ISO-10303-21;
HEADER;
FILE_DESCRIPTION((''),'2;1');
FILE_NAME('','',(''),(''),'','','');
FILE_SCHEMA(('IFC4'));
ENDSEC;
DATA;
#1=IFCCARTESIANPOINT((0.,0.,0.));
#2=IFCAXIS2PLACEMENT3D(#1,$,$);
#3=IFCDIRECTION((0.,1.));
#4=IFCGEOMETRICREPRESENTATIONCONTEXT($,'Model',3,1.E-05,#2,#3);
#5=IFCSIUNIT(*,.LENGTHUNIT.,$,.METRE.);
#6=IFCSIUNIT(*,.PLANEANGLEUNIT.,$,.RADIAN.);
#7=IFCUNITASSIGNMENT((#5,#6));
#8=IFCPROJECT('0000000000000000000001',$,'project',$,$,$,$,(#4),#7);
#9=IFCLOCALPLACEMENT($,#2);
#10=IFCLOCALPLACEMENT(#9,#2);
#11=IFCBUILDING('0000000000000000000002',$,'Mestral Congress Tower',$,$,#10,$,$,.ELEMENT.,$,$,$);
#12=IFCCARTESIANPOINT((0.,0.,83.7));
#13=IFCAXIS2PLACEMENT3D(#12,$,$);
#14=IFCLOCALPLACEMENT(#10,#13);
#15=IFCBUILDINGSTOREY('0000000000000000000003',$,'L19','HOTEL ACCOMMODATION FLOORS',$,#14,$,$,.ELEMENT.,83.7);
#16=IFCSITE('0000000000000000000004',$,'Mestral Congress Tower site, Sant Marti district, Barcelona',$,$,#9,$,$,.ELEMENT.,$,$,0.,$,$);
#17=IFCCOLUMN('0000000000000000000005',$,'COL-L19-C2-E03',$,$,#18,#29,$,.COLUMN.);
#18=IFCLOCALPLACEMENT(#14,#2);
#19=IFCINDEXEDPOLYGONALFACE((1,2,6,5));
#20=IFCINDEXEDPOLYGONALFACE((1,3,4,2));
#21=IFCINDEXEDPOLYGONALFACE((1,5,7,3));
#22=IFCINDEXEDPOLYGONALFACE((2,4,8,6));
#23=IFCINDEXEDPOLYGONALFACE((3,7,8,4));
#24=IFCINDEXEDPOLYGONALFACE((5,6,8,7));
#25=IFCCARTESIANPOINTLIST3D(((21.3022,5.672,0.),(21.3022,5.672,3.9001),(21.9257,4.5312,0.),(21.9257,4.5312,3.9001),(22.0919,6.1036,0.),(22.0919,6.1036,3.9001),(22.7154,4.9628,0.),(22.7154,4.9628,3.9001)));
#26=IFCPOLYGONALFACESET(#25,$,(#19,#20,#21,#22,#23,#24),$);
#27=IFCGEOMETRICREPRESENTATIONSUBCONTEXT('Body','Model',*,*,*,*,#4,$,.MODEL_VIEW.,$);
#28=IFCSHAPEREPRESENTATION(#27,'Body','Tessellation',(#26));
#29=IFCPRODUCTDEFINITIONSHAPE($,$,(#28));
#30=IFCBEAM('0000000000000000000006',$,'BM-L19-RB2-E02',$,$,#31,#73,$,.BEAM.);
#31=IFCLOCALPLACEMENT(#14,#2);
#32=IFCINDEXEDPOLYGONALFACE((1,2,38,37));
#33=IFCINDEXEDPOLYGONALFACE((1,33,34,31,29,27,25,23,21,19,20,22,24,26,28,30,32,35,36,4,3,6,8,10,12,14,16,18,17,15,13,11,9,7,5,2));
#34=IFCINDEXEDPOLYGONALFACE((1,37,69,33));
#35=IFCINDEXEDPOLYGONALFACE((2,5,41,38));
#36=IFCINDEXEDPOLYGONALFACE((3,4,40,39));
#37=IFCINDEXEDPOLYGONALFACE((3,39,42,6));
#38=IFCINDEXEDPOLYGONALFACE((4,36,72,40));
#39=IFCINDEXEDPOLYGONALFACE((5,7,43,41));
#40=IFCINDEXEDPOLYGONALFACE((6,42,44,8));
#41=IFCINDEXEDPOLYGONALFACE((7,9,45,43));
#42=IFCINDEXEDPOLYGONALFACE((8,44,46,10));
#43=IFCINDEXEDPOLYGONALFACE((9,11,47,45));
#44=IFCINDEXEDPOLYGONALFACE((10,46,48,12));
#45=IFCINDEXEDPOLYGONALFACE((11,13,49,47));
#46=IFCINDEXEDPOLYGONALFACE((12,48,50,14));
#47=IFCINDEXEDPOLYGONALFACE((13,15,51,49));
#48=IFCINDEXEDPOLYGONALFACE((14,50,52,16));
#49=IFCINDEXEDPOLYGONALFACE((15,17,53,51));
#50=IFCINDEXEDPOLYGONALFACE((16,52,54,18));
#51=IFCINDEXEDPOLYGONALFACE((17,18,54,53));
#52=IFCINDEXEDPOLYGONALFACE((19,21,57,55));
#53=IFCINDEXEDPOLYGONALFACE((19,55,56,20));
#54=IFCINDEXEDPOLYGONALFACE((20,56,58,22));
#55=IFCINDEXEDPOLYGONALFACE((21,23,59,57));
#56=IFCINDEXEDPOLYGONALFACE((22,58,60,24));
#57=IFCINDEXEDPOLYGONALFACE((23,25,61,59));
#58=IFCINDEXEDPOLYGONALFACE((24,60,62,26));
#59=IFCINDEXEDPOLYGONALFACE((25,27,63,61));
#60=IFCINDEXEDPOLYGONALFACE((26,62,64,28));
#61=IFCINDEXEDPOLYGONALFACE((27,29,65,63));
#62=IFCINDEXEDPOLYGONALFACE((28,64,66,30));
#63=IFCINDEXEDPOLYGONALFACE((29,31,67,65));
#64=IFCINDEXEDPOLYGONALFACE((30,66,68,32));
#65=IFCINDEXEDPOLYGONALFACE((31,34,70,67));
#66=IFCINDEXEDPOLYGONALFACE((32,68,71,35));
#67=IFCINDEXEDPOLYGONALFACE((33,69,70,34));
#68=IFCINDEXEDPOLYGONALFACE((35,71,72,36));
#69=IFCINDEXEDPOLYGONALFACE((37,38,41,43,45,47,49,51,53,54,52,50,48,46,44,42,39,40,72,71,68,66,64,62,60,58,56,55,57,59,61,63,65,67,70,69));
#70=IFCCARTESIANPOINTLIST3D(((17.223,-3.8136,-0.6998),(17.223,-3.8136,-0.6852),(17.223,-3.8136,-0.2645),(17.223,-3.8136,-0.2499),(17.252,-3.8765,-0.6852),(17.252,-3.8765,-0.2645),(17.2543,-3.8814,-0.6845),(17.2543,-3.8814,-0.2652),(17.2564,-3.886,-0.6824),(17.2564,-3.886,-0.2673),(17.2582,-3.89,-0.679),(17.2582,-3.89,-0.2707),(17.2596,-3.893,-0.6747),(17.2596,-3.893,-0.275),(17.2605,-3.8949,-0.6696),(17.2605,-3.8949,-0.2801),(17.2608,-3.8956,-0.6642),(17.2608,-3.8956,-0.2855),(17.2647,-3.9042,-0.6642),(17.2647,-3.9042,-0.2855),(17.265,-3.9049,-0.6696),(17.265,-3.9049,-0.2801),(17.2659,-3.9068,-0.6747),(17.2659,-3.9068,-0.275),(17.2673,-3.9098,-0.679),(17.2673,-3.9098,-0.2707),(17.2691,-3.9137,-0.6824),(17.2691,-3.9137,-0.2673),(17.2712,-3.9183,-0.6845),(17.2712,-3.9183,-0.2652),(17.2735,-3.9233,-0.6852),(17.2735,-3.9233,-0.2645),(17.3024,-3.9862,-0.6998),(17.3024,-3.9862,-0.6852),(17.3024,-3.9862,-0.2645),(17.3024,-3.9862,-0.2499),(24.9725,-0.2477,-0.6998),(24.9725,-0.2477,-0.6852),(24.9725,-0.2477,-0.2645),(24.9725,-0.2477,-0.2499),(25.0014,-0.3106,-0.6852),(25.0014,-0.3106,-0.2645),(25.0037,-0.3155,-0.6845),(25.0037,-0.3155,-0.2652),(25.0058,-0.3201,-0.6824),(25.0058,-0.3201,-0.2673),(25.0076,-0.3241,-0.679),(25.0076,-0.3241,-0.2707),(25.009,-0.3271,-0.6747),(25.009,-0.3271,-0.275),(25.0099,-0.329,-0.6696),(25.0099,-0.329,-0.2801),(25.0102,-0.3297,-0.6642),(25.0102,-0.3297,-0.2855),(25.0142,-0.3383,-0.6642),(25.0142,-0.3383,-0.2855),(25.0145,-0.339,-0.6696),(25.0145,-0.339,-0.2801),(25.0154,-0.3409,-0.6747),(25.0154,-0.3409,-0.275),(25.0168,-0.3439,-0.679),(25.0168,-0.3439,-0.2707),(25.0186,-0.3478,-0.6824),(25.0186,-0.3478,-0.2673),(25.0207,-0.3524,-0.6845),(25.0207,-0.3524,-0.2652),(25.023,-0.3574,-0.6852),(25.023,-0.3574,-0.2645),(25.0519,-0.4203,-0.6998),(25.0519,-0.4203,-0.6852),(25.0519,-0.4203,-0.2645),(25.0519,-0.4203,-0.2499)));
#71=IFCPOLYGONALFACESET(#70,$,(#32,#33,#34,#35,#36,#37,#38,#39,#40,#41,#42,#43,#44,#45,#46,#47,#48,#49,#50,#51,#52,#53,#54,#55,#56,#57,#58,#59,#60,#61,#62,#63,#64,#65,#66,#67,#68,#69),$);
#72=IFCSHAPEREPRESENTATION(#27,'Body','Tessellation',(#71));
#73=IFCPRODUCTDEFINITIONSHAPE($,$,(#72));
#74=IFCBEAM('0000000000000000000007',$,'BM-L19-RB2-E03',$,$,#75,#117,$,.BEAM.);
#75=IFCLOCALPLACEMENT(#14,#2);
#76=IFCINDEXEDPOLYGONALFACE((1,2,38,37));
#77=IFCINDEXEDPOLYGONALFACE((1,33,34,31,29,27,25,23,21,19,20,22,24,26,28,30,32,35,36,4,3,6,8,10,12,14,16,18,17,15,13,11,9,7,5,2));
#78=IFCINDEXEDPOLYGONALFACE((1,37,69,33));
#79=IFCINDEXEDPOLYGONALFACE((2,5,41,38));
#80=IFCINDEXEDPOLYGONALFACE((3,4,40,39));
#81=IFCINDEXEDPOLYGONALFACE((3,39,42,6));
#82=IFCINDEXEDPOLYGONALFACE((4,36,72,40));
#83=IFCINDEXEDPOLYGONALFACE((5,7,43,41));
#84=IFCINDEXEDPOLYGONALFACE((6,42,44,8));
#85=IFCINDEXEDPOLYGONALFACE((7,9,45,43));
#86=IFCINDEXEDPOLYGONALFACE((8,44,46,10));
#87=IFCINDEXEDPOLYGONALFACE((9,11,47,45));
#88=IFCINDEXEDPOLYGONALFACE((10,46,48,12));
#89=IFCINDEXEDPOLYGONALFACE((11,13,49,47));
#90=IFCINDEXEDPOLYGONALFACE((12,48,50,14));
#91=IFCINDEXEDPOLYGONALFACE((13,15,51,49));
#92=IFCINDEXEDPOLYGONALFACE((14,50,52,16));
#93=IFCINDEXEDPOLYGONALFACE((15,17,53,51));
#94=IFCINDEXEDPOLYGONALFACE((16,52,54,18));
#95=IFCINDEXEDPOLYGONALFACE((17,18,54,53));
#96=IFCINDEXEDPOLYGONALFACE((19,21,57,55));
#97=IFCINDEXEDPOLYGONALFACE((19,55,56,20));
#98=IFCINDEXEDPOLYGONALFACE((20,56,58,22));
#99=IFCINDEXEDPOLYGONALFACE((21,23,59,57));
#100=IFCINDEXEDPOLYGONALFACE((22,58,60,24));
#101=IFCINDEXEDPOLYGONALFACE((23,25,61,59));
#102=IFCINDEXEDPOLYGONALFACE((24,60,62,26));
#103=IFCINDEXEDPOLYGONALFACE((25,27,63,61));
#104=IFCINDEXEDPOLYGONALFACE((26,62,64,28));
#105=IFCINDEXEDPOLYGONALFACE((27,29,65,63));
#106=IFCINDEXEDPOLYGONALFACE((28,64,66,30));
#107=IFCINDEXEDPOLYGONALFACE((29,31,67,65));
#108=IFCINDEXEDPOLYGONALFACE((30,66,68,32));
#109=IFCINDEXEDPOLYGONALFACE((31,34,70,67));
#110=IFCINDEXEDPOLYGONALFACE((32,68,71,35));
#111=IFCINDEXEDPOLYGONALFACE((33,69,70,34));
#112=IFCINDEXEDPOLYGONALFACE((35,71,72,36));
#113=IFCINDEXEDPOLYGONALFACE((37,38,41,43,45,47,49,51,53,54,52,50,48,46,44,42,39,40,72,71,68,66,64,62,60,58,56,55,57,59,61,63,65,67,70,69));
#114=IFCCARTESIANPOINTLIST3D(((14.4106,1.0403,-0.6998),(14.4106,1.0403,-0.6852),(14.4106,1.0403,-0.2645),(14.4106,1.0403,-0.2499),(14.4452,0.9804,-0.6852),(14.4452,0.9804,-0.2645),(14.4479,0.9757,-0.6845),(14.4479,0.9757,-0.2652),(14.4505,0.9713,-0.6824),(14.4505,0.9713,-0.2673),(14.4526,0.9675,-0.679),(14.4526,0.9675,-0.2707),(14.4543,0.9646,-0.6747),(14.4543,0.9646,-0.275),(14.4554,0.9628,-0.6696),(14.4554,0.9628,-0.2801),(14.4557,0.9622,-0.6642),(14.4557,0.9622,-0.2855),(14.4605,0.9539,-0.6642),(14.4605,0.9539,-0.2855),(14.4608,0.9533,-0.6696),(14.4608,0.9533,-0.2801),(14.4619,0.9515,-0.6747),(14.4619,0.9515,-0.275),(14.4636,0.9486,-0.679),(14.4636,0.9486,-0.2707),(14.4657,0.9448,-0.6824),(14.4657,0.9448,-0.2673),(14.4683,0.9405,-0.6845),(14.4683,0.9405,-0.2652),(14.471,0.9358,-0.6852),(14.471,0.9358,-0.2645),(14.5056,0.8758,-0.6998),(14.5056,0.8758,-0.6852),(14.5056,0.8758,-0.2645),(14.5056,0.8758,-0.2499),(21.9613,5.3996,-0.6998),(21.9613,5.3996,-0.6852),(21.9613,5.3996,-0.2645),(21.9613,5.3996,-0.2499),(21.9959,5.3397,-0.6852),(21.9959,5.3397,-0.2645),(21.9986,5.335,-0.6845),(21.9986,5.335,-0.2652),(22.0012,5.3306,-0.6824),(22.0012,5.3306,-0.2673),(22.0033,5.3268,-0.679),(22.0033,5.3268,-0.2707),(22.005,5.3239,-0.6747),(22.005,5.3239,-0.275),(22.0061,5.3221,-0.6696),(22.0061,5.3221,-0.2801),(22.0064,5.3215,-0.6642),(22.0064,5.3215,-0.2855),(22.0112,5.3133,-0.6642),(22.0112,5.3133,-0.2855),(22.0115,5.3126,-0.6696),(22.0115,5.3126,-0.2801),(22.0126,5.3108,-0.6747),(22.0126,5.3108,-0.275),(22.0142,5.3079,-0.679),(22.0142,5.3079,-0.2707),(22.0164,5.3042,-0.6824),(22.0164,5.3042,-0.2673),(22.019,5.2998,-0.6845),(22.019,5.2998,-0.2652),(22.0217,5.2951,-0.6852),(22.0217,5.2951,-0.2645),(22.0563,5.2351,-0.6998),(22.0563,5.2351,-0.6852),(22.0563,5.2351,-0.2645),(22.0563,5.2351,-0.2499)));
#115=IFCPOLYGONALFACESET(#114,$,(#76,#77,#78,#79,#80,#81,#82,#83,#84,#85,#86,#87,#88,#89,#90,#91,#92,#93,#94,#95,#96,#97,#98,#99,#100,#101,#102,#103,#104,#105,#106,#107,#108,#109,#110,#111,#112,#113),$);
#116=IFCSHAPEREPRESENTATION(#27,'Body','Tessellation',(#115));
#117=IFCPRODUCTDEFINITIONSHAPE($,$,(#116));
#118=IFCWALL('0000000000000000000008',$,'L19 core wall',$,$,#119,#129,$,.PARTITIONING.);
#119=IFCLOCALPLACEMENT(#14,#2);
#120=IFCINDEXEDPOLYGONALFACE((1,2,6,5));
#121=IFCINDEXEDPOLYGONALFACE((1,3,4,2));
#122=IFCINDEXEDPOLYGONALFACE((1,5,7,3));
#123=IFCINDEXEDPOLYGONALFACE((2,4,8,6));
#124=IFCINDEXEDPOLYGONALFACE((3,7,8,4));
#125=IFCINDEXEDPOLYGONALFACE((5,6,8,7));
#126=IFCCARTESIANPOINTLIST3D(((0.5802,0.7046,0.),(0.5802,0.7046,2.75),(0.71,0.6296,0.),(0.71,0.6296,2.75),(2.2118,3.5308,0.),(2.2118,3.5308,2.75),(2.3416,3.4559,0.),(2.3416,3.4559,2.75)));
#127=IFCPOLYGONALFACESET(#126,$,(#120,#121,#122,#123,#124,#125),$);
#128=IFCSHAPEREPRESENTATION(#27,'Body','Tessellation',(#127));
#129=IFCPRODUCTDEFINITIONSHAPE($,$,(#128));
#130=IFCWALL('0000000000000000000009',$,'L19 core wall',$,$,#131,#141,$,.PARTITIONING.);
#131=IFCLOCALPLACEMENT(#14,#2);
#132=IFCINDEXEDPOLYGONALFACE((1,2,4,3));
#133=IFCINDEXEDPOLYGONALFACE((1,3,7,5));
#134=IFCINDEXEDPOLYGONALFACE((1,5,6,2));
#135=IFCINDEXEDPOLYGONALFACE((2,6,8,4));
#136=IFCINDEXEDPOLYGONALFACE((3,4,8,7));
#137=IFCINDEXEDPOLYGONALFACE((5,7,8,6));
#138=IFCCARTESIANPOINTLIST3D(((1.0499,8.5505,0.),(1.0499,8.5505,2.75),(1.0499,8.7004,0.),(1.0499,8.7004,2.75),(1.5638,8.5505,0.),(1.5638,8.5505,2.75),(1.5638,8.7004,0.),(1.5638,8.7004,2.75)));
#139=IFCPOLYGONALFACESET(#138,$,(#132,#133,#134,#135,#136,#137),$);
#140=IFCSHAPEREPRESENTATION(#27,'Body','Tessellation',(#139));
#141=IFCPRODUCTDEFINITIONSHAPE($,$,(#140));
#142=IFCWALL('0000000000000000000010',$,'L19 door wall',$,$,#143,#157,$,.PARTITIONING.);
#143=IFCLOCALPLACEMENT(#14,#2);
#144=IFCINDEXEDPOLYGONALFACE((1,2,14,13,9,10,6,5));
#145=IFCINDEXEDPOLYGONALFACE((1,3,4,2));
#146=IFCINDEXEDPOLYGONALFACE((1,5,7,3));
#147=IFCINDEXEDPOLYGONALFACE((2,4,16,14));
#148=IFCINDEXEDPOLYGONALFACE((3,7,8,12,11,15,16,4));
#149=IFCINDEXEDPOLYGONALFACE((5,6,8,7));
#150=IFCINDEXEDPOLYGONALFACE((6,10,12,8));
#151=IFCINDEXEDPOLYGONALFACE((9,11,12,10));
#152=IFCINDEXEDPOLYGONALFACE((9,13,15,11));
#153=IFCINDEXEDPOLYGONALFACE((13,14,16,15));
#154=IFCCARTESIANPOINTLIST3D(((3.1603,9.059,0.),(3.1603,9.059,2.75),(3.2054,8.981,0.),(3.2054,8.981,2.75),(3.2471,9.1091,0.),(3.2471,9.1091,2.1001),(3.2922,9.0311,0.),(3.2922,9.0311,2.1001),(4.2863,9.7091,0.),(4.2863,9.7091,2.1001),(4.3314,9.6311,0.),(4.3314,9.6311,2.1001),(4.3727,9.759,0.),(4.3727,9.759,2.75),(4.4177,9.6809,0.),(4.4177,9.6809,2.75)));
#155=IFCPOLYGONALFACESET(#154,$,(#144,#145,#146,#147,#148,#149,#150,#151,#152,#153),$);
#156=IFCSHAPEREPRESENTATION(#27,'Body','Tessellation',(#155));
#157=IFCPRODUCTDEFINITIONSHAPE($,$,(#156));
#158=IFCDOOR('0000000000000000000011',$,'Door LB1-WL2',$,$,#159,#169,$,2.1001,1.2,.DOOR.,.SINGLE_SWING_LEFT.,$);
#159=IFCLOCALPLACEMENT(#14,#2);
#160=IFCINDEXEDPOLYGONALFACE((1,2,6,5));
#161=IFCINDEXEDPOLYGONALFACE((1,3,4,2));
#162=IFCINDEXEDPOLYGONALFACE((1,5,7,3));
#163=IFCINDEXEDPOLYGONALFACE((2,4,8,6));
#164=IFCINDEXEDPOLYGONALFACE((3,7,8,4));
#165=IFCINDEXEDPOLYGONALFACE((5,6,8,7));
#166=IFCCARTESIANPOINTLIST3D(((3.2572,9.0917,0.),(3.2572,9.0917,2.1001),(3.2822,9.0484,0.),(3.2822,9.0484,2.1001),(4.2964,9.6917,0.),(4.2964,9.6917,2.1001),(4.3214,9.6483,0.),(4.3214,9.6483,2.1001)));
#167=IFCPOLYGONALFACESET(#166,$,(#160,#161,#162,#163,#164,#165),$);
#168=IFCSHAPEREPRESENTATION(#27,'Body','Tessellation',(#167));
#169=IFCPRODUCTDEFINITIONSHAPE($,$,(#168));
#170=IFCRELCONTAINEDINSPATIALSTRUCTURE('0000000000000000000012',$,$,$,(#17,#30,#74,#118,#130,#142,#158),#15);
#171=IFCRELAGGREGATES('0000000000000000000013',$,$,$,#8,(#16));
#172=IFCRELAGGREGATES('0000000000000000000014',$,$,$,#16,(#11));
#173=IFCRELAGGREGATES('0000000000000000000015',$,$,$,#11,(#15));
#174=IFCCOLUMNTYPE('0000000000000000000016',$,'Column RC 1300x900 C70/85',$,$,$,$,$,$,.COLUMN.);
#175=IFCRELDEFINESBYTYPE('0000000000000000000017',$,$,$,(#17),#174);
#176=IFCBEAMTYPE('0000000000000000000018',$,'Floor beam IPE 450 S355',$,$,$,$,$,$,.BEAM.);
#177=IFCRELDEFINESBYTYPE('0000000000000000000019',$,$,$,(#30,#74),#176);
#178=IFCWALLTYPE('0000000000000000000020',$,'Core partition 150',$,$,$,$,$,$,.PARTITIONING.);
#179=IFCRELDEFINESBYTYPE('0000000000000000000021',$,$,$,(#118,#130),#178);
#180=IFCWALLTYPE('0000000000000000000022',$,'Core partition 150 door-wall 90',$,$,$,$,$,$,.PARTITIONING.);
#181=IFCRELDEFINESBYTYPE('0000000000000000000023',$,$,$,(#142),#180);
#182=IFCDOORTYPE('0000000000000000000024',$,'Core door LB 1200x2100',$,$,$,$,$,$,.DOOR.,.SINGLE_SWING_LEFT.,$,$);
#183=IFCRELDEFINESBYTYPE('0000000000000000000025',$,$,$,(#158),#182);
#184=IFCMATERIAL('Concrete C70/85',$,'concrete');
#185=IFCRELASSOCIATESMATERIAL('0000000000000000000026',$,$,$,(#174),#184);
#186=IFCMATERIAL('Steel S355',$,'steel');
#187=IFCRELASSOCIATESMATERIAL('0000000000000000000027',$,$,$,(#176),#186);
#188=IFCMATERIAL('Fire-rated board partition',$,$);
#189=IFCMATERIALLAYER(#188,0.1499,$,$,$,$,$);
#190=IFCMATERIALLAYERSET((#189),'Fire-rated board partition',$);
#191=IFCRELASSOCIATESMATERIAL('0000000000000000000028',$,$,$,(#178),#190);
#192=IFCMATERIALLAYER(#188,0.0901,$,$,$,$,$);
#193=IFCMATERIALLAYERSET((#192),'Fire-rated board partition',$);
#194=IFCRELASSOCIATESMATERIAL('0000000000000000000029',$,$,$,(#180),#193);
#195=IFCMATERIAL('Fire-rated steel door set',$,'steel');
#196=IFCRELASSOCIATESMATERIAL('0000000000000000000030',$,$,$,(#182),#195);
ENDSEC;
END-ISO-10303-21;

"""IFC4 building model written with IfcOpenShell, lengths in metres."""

from ifc_helpers import new_model, si_unit, direction, frame, frame_2d, origin, origin_2d, place, context, subcontext, project, spatial, rectangle, i_section, extrude, material, layer, layer_set, material_profile, profile_set, type_object, element, fill, save


model = new_model("IFC4")

# Units and contexts
model_context = context("Model", 3, precision=1e-05, world=origin(), true_north=direction((0.0, 1.0)))
body_context = subcontext(model_context, "Body", "Model", "MODEL_VIEW")
ifc_project = project(units=[si_unit("LENGTHUNIT", "METRE"), si_unit("PLANEANGLEUNIT", "RADIAN")], contexts=[model_context])

# Site, building, storey
site_placement = place(None, origin())
site = spatial("IfcSite", under=ifc_project, at=site_placement, Name="Mestral Congress Tower site, Sant Marti district, Barcelona", CompositionType="ELEMENT", RefElevation=0.0)
building_placement = place(site_placement, origin())
building = spatial("IfcBuilding", under=site, at=building_placement, Name="Mestral Congress Tower", CompositionType="ELEMENT")
storey_placement = place(building_placement, frame((0.0, 0.0, 83.7)))
storey = spatial("IfcBuildingStorey", under=building, at=storey_placement, Name="L19", Description="HOTEL ACCOMMODATION FLOORS", CompositionType="ELEMENT", Elevation=83.7)

# Column
ifc_material_1 = material(Name="Concrete C70/85", Category="concrete")
ifc_material_profile_1 = material_profile(ifc_material_1, rectangle(XDim=1.3, YDim=0.8999, at=origin_2d()), Name="RC 1300x900")
ifc_profile_set_1 = profile_set([ifc_material_profile_1], Name="Concrete C70/85")
column_type = type_object("IfcColumnType", Name="Column RC 1300x900 C70/85", PredefinedType="COLUMN", material=ifc_profile_set_1)
column_placement = place(storey_placement, frame((22.0088, 5.3174, 0.0), z_axis=(0.0, 0.0, 1.0), x_axis=(-0.479613, 0.87748, 0.0)))
element("IfcColumn", 1, at=column_placement, inside=storey, type_object=column_type, Name="COL-L19-C2-E03", PredefinedType="COLUMN", context=body_context, shape_type="SweptSolid", body=[
    extrude(rectangle(XDim=1.3, YDim=0.8999, at=origin_2d()), origin(), (0.0, 0.0, 1.0), 3.9001),
])

# Beams
ifc_material_2 = material(Name="Steel S355", Category="steel")
ifc_material_profile_2 = material_profile(ifc_material_2, i_section(OverallWidth=0.1899, OverallDepth=0.45, WebThickness=0.0095, FlangeThickness=0.0146, FilletRadius=0.021, at=origin_2d()), Name="IPE 450")
ifc_profile_set_2 = profile_set([ifc_material_profile_2], Name="Steel S355")
beam_type = type_object("IfcBeamType", Name="Floor beam IPE 450 S355", PredefinedType="BEAM", material=ifc_profile_set_2)
beam_1_placement = place(storey_placement, frame((25.0122, -0.334, -0.4749), z_axis=(-0.90844, -0.418016, 0.0), x_axis=(0.418016, -0.90844, 0.0)))
element("IfcBeam", 2, at=beam_1_placement, inside=storey, type_object=beam_type, Name="BM-L19-RB2-E02", PredefinedType="BEAM", context=body_context, shape_type="SweptSolid", body=[
    extrude(i_section(OverallWidth=0.1899, OverallDepth=0.45, WebThickness=0.0095, FlangeThickness=0.0146, FilletRadius=0.021, at=origin_2d()), origin(), (0.0, 0.0, 1.0), 8.5305),
])
beam_2_placement = place(storey_placement, frame((22.0088, 5.3174, -0.4749), z_axis=(-0.866029, -0.499994, 0.0), x_axis=(0.499994, -0.866029, 0.0)))
element("IfcBeam", 3, at=beam_2_placement, inside=storey, type_object=beam_type, Name="BM-L19-RB2-E03", PredefinedType="BEAM", context=body_context, shape_type="SweptSolid", body=[
    extrude(i_section(OverallWidth=0.1899, OverallDepth=0.45, WebThickness=0.0095, FlangeThickness=0.0146, FilletRadius=0.021, at=origin_2d()), origin(), (0.0, 0.0, 1.0), 8.7188),
])

# Walls
ifc_material_3 = material(Name="Fire-rated board partition")
ifc_layer_1 = layer(ifc_material_3, 0.1499)
ifc_layer_set_1 = layer_set([ifc_layer_1], Name="Fire-rated board partition")
wall_type_1 = type_object("IfcWallType", Name="Core partition 150", PredefinedType="PARTITIONING", material=ifc_layer_set_1)
wall_1_placement = place(storey_placement, frame((0.645, 0.667, 0.0), z_axis=(0.0, 0.0, 1.0), x_axis=(0.499977, 0.866039, 0.0)))
element("IfcWall", 4, at=wall_1_placement, inside=storey, type_object=wall_type_1, Name="L19 core wall", PredefinedType="PARTITIONING", context=body_context, shape_type="SweptSolid", body=[
    extrude(rectangle(XDim=3.2634, YDim=0.1499, at=frame_2d((1.6318, 0.0))), origin(), (0.0, 0.0, 1.0), 2.75),
])
wall_2_placement = place(storey_placement, frame((1.05, 8.6255, 0.0), z_axis=(0.0, 0.0, 1.0), x_axis=(1.0, 0.0, 0.0)))
element("IfcWall", 5, at=wall_2_placement, inside=storey, type_object=wall_type_1, Name="L19 core wall", PredefinedType="PARTITIONING", context=body_context, shape_type="SweptSolid", body=[
    extrude(rectangle(XDim=0.5139, YDim=0.1499, at=frame_2d((0.2568, 0.0))), origin(), (0.0, 0.0, 1.0), 2.75),
])

# Wall, opening, door
ifc_layer_2 = layer(ifc_material_3, 0.0901)
ifc_layer_set_2 = layer_set([ifc_layer_2], Name="Fire-rated board partition")
wall_type_2 = type_object("IfcWallType", Name="Core partition 150 door-wall 90", PredefinedType="PARTITIONING", material=ifc_layer_set_2)
wall_3_placement = place(storey_placement, frame((3.1829, 9.02, 0.0), z_axis=(0.0, 0.0, 1.0), x_axis=(0.866035, 0.499984, 0.0)))
wall_3 = element("IfcWall", 6, at=wall_3_placement, inside=storey, type_object=wall_type_2, Name="L19 door wall", PredefinedType="PARTITIONING", context=body_context, shape_type="SweptSolid", body=[
    extrude(rectangle(XDim=1.3999, YDim=0.0901, at=frame_2d((0.7, 0.0))), origin(), (0.0, 0.0, 1.0), 2.75),
])
opening_1_placement = place(wall_3_placement, frame((0.1001, 0.0, 0.0)))
opening_1 = element("IfcOpeningElement", 7, at=opening_1_placement, cuts=wall_3, PredefinedType="OPENING", context=body_context, shape_type="SweptSolid", body=[
    extrude(rectangle(XDim=1.2, YDim=2.1001, at=frame_2d((0.6001, 1.05))), frame((0.0, 0.0549, 0.0), z_axis=(0.0, -1.0, 0.0), x_axis=(1.0, 0.0, 0.0)), (0.0, 0.0, 1.0), 0.1101),
])
ifc_material_4 = material(Name="Fire-rated steel door set", Category="steel")
door_type_1 = type_object("IfcDoorType", Name="Core door LB 1200x2100", OperationType="SINGLE_SWING_LEFT", PredefinedType="DOOR", material=ifc_material_4)
door_1_placement = place(opening_1_placement, origin())
door_1 = element("IfcDoor", 8, at=door_1_placement, inside=storey, type_object=door_type_1, Name="Door LB1-WL2", OperationType="SINGLE_SWING_LEFT", OverallHeight=2.1001, OverallWidth=1.2, PredefinedType="DOOR", context=body_context, shape_type="SweptSolid", body=[
    extrude(rectangle(XDim=1.2, YDim=2.1001, at=frame_2d((0.6001, 1.05))), frame((0.0, 0.0249, 0.0), z_axis=(0.0, -1.0, 0.0), x_axis=(1.0, 0.0, 0.0)), (0.0, 0.0, 1.0), 0.05),
])
fill(opening_1, door_1)

save(model, "model.ifc")
